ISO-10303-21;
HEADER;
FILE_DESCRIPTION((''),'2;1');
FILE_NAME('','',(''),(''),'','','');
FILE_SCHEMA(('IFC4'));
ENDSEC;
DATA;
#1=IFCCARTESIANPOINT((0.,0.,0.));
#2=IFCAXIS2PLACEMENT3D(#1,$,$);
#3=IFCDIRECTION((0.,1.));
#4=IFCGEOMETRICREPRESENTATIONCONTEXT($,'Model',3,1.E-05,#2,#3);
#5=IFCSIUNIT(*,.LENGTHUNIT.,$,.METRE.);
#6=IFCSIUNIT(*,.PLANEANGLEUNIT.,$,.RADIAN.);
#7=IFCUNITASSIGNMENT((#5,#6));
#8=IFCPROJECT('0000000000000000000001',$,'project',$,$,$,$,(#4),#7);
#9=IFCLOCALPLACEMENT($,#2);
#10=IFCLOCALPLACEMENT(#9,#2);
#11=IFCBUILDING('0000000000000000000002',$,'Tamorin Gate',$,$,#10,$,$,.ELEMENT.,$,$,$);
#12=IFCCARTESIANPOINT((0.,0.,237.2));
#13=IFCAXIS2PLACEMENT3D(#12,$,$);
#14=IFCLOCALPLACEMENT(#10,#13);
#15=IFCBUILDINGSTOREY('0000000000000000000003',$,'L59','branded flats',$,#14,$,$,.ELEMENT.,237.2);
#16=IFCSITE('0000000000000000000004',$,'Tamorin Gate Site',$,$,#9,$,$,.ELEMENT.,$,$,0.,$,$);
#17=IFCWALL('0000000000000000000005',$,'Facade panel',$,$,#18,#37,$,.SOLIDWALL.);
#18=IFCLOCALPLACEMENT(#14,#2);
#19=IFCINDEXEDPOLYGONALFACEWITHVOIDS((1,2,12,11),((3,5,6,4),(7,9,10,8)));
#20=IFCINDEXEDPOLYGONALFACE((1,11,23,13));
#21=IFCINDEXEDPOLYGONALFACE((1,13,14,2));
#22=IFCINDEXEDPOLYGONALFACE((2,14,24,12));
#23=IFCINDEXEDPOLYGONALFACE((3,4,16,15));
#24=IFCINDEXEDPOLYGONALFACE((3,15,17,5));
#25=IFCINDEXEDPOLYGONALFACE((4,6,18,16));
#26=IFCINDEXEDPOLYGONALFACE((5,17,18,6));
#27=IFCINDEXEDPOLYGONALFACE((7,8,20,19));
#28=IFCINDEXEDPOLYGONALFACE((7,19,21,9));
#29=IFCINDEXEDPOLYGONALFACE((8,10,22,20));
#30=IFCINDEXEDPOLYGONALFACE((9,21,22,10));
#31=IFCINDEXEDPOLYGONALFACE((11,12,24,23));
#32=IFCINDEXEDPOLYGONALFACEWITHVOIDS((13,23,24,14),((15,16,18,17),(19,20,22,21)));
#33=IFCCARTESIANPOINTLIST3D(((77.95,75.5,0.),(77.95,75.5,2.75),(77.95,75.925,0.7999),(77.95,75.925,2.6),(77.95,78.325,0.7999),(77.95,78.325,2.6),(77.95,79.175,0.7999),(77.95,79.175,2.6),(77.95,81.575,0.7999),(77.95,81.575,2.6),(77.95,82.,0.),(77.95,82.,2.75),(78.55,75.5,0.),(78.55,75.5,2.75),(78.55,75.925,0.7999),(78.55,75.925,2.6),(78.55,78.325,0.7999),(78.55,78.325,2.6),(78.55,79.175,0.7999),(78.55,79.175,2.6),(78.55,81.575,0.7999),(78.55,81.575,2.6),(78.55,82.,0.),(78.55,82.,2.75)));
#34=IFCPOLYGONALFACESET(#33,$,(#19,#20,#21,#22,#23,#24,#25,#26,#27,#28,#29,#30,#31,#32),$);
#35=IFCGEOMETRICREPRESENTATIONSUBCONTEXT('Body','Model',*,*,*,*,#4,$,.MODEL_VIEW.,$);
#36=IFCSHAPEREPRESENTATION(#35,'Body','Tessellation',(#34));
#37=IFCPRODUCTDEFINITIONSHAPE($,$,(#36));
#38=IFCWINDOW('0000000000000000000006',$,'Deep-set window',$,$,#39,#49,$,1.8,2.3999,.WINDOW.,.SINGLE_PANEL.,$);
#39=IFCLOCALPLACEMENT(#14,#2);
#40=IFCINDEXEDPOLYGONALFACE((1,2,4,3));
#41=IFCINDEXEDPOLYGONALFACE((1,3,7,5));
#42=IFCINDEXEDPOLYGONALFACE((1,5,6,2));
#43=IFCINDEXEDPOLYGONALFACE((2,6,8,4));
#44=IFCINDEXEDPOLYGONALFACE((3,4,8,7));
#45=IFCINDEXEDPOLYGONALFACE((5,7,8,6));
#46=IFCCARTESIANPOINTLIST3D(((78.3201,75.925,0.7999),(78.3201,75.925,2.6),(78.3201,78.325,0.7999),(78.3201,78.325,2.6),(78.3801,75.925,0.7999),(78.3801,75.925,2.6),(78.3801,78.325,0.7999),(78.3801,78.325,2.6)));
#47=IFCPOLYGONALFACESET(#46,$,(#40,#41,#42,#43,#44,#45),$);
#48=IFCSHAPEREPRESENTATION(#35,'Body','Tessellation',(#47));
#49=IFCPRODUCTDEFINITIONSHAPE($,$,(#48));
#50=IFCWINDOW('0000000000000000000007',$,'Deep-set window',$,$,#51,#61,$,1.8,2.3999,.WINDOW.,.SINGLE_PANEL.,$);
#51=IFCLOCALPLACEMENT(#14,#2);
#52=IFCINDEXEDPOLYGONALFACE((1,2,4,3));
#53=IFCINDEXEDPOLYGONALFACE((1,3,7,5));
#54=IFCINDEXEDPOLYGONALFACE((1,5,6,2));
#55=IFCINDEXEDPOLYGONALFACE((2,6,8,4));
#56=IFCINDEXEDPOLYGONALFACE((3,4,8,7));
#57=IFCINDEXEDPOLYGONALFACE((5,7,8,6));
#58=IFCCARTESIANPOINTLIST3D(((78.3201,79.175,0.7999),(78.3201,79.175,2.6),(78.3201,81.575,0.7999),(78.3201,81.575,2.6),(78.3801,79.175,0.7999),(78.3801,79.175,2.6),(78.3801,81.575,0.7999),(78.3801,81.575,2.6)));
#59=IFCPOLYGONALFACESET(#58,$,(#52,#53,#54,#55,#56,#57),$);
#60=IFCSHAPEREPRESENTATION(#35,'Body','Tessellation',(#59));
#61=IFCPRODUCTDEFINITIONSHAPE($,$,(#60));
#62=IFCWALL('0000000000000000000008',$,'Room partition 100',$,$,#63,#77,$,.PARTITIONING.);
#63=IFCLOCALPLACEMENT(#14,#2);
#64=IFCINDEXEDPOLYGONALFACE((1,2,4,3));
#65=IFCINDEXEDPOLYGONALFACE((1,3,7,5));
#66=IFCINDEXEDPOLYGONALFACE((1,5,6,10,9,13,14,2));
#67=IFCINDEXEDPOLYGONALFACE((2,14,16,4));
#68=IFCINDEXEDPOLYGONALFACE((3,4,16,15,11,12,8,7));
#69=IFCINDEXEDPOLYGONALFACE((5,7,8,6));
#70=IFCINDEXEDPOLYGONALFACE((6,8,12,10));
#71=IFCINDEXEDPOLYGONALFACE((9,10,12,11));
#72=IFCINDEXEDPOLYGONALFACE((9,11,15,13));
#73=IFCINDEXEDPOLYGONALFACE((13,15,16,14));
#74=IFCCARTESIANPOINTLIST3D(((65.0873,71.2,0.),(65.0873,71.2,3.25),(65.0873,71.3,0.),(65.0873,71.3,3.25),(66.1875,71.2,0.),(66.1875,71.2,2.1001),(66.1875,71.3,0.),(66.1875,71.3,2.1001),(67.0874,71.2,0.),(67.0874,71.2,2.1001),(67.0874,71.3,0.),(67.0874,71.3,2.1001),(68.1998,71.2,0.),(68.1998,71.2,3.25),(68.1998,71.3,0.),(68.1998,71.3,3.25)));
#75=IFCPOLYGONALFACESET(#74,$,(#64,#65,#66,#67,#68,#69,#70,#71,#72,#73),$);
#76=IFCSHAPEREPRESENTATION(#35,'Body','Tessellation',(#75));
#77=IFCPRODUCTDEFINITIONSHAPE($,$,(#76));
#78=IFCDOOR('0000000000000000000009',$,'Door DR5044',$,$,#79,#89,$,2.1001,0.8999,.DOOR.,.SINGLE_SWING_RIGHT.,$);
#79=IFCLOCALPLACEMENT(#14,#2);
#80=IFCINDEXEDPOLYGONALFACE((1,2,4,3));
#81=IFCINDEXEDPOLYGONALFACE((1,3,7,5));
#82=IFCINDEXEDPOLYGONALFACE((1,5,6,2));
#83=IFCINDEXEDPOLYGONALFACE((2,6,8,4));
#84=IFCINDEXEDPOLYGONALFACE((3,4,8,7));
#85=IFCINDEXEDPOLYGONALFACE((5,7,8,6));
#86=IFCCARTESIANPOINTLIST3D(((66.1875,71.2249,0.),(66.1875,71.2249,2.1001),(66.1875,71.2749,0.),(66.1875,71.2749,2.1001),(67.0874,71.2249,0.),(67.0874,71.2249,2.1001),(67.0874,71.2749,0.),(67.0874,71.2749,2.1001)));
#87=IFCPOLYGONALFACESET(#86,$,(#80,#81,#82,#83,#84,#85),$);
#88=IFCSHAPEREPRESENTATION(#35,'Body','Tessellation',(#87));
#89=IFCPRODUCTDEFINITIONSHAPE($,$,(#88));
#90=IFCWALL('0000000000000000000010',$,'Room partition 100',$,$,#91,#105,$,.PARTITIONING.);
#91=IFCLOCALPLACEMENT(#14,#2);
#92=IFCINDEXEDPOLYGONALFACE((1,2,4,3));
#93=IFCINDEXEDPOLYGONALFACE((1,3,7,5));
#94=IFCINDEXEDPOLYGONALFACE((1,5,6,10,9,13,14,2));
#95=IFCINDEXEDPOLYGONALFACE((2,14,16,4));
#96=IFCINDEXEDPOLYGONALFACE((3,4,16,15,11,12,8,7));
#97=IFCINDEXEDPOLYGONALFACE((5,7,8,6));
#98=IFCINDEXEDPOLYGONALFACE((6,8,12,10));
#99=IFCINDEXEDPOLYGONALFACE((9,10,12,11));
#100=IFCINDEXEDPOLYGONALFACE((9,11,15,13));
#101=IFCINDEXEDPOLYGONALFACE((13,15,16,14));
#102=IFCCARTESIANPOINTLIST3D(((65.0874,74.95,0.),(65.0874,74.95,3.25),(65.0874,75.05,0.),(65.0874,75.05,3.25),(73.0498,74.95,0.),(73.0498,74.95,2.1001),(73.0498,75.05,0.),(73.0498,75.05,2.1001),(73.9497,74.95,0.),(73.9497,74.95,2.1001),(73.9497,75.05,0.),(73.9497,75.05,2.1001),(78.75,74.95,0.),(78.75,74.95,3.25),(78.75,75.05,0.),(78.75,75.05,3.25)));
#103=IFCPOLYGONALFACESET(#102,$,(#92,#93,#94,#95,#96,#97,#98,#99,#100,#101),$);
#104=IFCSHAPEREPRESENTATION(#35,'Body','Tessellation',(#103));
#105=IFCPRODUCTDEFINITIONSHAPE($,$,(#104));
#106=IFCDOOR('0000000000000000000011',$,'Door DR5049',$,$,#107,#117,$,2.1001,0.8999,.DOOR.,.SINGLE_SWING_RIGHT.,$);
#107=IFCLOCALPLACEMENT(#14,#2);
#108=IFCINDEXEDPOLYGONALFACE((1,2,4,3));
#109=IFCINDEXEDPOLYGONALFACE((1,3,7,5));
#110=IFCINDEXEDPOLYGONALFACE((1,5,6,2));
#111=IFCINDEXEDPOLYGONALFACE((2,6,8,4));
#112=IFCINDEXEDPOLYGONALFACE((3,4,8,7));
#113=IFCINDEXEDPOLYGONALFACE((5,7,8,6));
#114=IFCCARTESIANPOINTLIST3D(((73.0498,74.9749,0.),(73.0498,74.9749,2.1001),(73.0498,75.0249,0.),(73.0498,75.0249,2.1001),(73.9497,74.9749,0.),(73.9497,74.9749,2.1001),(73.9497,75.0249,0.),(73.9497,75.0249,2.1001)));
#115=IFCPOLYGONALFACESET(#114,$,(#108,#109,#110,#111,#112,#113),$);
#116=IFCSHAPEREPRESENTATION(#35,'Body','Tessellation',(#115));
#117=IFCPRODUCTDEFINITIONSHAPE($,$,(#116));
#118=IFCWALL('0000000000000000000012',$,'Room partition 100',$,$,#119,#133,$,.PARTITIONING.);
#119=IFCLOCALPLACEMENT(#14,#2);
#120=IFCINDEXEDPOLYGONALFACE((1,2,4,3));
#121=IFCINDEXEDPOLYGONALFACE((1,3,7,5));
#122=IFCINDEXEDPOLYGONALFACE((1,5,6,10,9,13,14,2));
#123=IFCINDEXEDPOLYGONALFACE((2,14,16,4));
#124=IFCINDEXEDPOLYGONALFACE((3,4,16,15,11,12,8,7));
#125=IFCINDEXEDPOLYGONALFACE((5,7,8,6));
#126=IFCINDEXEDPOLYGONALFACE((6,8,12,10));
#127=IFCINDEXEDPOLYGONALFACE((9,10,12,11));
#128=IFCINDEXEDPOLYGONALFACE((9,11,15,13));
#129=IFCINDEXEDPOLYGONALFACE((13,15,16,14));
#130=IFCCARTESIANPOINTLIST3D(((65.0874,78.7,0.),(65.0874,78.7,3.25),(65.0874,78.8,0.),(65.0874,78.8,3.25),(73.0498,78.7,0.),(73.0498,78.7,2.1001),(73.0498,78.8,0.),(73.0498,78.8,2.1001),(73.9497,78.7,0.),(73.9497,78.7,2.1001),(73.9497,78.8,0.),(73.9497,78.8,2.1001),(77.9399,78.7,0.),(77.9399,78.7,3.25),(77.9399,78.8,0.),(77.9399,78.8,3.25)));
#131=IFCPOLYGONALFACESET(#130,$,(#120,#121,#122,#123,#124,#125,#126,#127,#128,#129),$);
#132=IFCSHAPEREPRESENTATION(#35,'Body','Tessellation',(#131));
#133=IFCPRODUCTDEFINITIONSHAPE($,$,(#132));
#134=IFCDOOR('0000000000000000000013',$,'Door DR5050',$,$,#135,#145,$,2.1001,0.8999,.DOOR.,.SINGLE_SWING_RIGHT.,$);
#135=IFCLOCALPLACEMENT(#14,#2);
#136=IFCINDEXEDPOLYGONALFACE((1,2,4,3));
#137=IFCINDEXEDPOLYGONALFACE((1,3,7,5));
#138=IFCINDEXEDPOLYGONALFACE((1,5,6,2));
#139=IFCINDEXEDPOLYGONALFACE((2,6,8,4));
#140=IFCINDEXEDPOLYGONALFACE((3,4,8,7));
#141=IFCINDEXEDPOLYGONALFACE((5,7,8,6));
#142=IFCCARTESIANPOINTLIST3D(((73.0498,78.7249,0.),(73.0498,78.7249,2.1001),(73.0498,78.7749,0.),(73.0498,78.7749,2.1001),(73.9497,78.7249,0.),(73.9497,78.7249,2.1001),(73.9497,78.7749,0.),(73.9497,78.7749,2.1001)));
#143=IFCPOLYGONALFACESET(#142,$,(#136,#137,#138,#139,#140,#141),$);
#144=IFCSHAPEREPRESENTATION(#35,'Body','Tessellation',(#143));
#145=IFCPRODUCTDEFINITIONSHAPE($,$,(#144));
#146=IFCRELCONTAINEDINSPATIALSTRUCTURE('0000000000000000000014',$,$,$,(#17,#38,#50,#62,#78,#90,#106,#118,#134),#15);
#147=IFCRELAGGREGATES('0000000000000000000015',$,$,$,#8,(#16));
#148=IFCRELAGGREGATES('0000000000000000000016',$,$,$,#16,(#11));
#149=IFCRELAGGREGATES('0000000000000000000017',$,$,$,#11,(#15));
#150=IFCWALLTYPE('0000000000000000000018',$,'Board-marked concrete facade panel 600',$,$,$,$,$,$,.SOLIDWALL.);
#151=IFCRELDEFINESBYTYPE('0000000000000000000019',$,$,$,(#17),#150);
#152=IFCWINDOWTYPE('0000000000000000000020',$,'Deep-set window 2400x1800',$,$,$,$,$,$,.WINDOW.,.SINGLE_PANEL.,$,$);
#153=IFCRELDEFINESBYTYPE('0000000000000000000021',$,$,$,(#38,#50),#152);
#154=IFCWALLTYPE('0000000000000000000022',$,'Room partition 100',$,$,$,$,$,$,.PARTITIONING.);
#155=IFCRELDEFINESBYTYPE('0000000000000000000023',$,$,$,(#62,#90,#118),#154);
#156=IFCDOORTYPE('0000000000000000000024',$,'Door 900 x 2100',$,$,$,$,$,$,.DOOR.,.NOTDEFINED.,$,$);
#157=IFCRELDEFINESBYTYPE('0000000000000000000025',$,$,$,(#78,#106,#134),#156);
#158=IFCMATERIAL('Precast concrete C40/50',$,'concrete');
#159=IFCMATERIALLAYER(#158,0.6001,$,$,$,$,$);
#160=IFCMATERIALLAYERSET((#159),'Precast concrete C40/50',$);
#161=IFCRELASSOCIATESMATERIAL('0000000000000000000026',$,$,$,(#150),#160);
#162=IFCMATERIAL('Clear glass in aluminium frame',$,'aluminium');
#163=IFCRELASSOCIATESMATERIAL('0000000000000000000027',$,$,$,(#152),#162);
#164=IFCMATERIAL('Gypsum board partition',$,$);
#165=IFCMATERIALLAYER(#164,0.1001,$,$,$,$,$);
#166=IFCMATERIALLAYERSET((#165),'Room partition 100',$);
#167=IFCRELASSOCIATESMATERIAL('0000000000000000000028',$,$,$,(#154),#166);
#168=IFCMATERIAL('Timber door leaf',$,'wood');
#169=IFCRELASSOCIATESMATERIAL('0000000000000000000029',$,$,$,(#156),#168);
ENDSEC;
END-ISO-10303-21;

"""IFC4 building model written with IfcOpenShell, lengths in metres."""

from ifc_helpers import new_model, si_unit, direction, frame, frame_2d, origin, place, context, subcontext, project, spatial, rectangle, extrude, material, layer, layer_set, type_object, element, fill, save


model = new_model("IFC4")

# Units and contexts
model_context = context("Model", 3, precision=1e-05, world=origin(), true_north=direction((0.0, 1.0)))
body_context = subcontext(model_context, "Body", "Model", "MODEL_VIEW")
ifc_project = project(units=[si_unit("LENGTHUNIT", "METRE"), si_unit("PLANEANGLEUNIT", "RADIAN")], contexts=[model_context])

# Site, building, storey
site_placement = place(None, origin())
site = spatial("IfcSite", under=ifc_project, at=site_placement, Name="Tamorin Gate Site", CompositionType="ELEMENT", RefElevation=0.0)
building_placement = place(site_placement, origin())
building = spatial("IfcBuilding", under=site, at=building_placement, Name="Tamorin Gate", CompositionType="ELEMENT")
storey_placement = place(building_placement, frame((0.0, 0.0, 237.2)))
storey = spatial("IfcBuildingStorey", under=building, at=storey_placement, Name="L59", Description="branded flats", CompositionType="ELEMENT", Elevation=237.2)

# Wall, openings, windows
ifc_material_1 = material(Name="Precast concrete C40/50", Category="concrete")
ifc_layer_1 = layer(ifc_material_1, 0.6001)
ifc_layer_set_1 = layer_set([ifc_layer_1], Name="Precast concrete C40/50")
wall_type_1 = type_object("IfcWallType", Name="Board-marked concrete facade panel 600", PredefinedType="SOLIDWALL", material=ifc_layer_set_1)
ifc_material_2 = material(Name="Clear glass in aluminium frame", Category="aluminium")
window_type = type_object("IfcWindowType", Name="Deep-set window 2400x1800", PartitioningType="SINGLE_PANEL", PredefinedType="WINDOW", material=ifc_material_2)
wall_1_placement = place(storey_placement, frame((78.25, 75.5, 0.0), z_axis=(0.0, 0.0, 1.0), x_axis=(0.0, 1.0, 0.0)))
wall_1 = element("IfcWall", 1, at=wall_1_placement, inside=storey, type_object=wall_type_1, Name="Facade panel", PredefinedType="SOLIDWALL", context=body_context, shape_type="SweptSolid", body=[
    extrude(rectangle(XDim=6.5, YDim=0.6001, at=frame_2d((3.25, 0.0))), origin(), (0.0, 0.0, 1.0), 2.75),
])
opening_1_placement = place(wall_1_placement, frame((0.425, 0.0, 0.8)))
opening_1 = element("IfcOpeningElement", 2, at=opening_1_placement, cuts=wall_1, PredefinedType="OPENING", context=body_context, shape_type="SweptSolid", body=[
    extrude(rectangle(XDim=2.3999, YDim=1.8, at=frame_2d((1.2, 0.8999))), frame((0.0, 0.3101, 0.0), z_axis=(0.0, -1.0, 0.0), x_axis=(1.0, 0.0, 0.0)), (0.0, 0.0, 1.0), 0.6201),
])
opening_2_placement = place(wall_1_placement, frame((3.675, 0.0, 0.8)))
opening_2 = element("IfcOpeningElement", 3, at=opening_2_placement, cuts=wall_1, PredefinedType="OPENING", context=body_context, shape_type="SweptSolid", body=[
    extrude(rectangle(XDim=2.3999, YDim=1.8, at=frame_2d((1.2, 0.8999))), frame((0.0, 0.3101, 0.0), z_axis=(0.0, -1.0, 0.0), x_axis=(1.0, 0.0, 0.0)), (0.0, 0.0, 1.0), 0.6201),
])
window_1_placement = place(opening_1_placement, origin())
window_1 = element("IfcWindow", 4, at=window_1_placement, inside=storey, type_object=window_type, Name="Deep-set window", OverallHeight=1.8, OverallWidth=2.3999, PartitioningType="SINGLE_PANEL", PredefinedType="WINDOW", context=body_context, shape_type="SweptSolid", body=[
    extrude(rectangle(XDim=2.3999, YDim=1.8, at=frame_2d((1.2, 0.8999))), frame((0.0, -0.0701, 0.0), z_axis=(0.0, -1.0, 0.0), x_axis=(1.0, 0.0, 0.0)), (0.0, 0.0, 1.0), 0.0601),
])
fill(opening_1, window_1)
window_2_placement = place(opening_2_placement, origin())
window_2 = element("IfcWindow", 5, at=window_2_placement, inside=storey, type_object=window_type, Name="Deep-set window", OverallHeight=1.8, OverallWidth=2.3999, PartitioningType="SINGLE_PANEL", PredefinedType="WINDOW", context=body_context, shape_type="SweptSolid", body=[
    extrude(rectangle(XDim=2.3999, YDim=1.8, at=frame_2d((1.2, 0.8999))), frame((0.0, -0.0701, 0.0), z_axis=(0.0, -1.0, 0.0), x_axis=(1.0, 0.0, 0.0)), (0.0, 0.0, 1.0), 0.0601),
])
fill(opening_2, window_2)

# Walls, openings, doors
ifc_material_3 = material(Name="Gypsum board partition")
ifc_layer_2 = layer(ifc_material_3, 0.1001)
ifc_layer_set_2 = layer_set([ifc_layer_2], Name="Room partition 100")
wall_type_2 = type_object("IfcWallType", Name="Room partition 100", PredefinedType="PARTITIONING", material=ifc_layer_set_2)
wall_2_placement = place(storey_placement, frame((65.0874, 71.25, 0.0), z_axis=(0.0, 0.0, 1.0), x_axis=(1.0, 0.0, 0.0)))
wall_2 = element("IfcWall", 6, at=wall_2_placement, inside=storey, type_object=wall_type_2, Name="Room partition 100", PredefinedType="PARTITIONING", context=body_context, shape_type="SweptSolid", body=[
    extrude(rectangle(XDim=3.1125, YDim=0.1001, at=frame_2d((1.5562, 0.0))), origin(), (0.0, 0.0, 1.0), 3.25),
])
opening_3_placement = place(wall_2_placement, frame((1.1001, 0.0, 0.0)))
opening_3 = element("IfcOpeningElement", 7, at=opening_3_placement, cuts=wall_2, PredefinedType="OPENING", context=body_context, shape_type="SweptSolid", body=[
    extrude(rectangle(XDim=0.8999, YDim=2.1001, at=frame_2d((0.45, 1.05))), frame((0.0, 0.0601, 0.0), z_axis=(0.0, -1.0, 0.0), x_axis=(1.0, 0.0, 0.0)), (0.0, 0.0, 1.0), 0.1201),
])
ifc_material_4 = material(Name="Timber door leaf", Category="wood")
door_type = type_object("IfcDoorType", Name="Door 900 x 2100", OperationType="NOTDEFINED", PredefinedType="DOOR", material=ifc_material_4)
door_1_placement = place(opening_3_placement, origin())
door_1 = element("IfcDoor", 8, at=door_1_placement, inside=storey, type_object=door_type, Name="Door DR5044", OperationType="SINGLE_SWING_RIGHT", OverallHeight=2.1001, OverallWidth=0.8999, PredefinedType="DOOR", context=body_context, shape_type="SweptSolid", body=[
    extrude(rectangle(XDim=0.8999, YDim=2.1001, at=frame_2d((0.45, 1.05))), frame((0.0, 0.0249, 0.0), z_axis=(0.0, -1.0, 0.0), x_axis=(1.0, 0.0, 0.0)), (0.0, 0.0, 1.0), 0.05),
])
fill(opening_3, door_1)
wall_3_placement = place(storey_placement, frame((65.0874, 75.0, 0.0), z_axis=(0.0, 0.0, 1.0), x_axis=(1.0, 0.0, 0.0)))
wall_3 = element("IfcWall", 9, at=wall_3_placement, inside=storey, type_object=wall_type_2, Name="Room partition 100", PredefinedType="PARTITIONING", context=body_context, shape_type="SweptSolid", body=[
    extrude(rectangle(XDim=13.6626, YDim=0.1001, at=frame_2d((6.8313, 0.0))), origin(), (0.0, 0.0, 1.0), 3.25),
])
opening_4_placement = place(wall_3_placement, frame((7.9624, 0.0, 0.0)))
opening_4 = element("IfcOpeningElement", 10, at=opening_4_placement, cuts=wall_3, PredefinedType="OPENING", context=body_context, shape_type="SweptSolid", body=[
    extrude(rectangle(XDim=0.8999, YDim=2.1001, at=frame_2d((0.45, 1.05))), frame((0.0, 0.0601, 0.0), z_axis=(0.0, -1.0, 0.0), x_axis=(1.0, 0.0, 0.0)), (0.0, 0.0, 1.0), 0.1201),
])
door_2_placement = place(opening_4_placement, origin())
door_2 = element("IfcDoor", 11, at=door_2_placement, inside=storey, type_object=door_type, Name="Door DR5049", OperationType="SINGLE_SWING_RIGHT", OverallHeight=2.1001, OverallWidth=0.8999, PredefinedType="DOOR", context=body_context, shape_type="SweptSolid", body=[
    extrude(rectangle(XDim=0.8999, YDim=2.1001, at=frame_2d((0.45, 1.05))), frame((0.0, 0.0249, 0.0), z_axis=(0.0, -1.0, 0.0), x_axis=(1.0, 0.0, 0.0)), (0.0, 0.0, 1.0), 0.05),
])
fill(opening_4, door_2)
wall_4_placement = place(storey_placement, frame((65.0874, 78.75, 0.0), z_axis=(0.0, 0.0, 1.0), x_axis=(1.0, 0.0, 0.0)))
wall_4 = element("IfcWall", 12, at=wall_4_placement, inside=storey, type_object=wall_type_2, Name="Room partition 100", PredefinedType="PARTITIONING", context=body_context, shape_type="SweptSolid", body=[
    extrude(rectangle(XDim=12.8525, YDim=0.1001, at=frame_2d((6.4263, 0.0))), origin(), (0.0, 0.0, 1.0), 3.25),
])
opening_5_placement = place(wall_4_placement, frame((7.9624, 0.0, 0.0)))
opening_5 = element("IfcOpeningElement", 13, at=opening_5_placement, cuts=wall_4, PredefinedType="OPENING", context=body_context, shape_type="SweptSolid", body=[
    extrude(rectangle(XDim=0.8999, YDim=2.1001, at=frame_2d((0.45, 1.05))), frame((0.0, 0.0601, 0.0), z_axis=(0.0, -1.0, 0.0), x_axis=(1.0, 0.0, 0.0)), (0.0, 0.0, 1.0), 0.1201),
])
door_3_placement = place(opening_5_placement, origin())
door_3 = element("IfcDoor", 14, at=door_3_placement, inside=storey, type_object=door_type, Name="Door DR5050", OperationType="SINGLE_SWING_RIGHT", OverallHeight=2.1001, OverallWidth=0.8999, PredefinedType="DOOR", context=body_context, shape_type="SweptSolid", body=[
    extrude(rectangle(XDim=0.8999, YDim=2.1001, at=frame_2d((0.45, 1.05))), frame((0.0, 0.0249, 0.0), z_axis=(0.0, -1.0, 0.0), x_axis=(1.0, 0.0, 0.0)), (0.0, 0.0, 1.0), 0.05),
])
fill(opening_5, door_3)

save(model, "model.ifc")
